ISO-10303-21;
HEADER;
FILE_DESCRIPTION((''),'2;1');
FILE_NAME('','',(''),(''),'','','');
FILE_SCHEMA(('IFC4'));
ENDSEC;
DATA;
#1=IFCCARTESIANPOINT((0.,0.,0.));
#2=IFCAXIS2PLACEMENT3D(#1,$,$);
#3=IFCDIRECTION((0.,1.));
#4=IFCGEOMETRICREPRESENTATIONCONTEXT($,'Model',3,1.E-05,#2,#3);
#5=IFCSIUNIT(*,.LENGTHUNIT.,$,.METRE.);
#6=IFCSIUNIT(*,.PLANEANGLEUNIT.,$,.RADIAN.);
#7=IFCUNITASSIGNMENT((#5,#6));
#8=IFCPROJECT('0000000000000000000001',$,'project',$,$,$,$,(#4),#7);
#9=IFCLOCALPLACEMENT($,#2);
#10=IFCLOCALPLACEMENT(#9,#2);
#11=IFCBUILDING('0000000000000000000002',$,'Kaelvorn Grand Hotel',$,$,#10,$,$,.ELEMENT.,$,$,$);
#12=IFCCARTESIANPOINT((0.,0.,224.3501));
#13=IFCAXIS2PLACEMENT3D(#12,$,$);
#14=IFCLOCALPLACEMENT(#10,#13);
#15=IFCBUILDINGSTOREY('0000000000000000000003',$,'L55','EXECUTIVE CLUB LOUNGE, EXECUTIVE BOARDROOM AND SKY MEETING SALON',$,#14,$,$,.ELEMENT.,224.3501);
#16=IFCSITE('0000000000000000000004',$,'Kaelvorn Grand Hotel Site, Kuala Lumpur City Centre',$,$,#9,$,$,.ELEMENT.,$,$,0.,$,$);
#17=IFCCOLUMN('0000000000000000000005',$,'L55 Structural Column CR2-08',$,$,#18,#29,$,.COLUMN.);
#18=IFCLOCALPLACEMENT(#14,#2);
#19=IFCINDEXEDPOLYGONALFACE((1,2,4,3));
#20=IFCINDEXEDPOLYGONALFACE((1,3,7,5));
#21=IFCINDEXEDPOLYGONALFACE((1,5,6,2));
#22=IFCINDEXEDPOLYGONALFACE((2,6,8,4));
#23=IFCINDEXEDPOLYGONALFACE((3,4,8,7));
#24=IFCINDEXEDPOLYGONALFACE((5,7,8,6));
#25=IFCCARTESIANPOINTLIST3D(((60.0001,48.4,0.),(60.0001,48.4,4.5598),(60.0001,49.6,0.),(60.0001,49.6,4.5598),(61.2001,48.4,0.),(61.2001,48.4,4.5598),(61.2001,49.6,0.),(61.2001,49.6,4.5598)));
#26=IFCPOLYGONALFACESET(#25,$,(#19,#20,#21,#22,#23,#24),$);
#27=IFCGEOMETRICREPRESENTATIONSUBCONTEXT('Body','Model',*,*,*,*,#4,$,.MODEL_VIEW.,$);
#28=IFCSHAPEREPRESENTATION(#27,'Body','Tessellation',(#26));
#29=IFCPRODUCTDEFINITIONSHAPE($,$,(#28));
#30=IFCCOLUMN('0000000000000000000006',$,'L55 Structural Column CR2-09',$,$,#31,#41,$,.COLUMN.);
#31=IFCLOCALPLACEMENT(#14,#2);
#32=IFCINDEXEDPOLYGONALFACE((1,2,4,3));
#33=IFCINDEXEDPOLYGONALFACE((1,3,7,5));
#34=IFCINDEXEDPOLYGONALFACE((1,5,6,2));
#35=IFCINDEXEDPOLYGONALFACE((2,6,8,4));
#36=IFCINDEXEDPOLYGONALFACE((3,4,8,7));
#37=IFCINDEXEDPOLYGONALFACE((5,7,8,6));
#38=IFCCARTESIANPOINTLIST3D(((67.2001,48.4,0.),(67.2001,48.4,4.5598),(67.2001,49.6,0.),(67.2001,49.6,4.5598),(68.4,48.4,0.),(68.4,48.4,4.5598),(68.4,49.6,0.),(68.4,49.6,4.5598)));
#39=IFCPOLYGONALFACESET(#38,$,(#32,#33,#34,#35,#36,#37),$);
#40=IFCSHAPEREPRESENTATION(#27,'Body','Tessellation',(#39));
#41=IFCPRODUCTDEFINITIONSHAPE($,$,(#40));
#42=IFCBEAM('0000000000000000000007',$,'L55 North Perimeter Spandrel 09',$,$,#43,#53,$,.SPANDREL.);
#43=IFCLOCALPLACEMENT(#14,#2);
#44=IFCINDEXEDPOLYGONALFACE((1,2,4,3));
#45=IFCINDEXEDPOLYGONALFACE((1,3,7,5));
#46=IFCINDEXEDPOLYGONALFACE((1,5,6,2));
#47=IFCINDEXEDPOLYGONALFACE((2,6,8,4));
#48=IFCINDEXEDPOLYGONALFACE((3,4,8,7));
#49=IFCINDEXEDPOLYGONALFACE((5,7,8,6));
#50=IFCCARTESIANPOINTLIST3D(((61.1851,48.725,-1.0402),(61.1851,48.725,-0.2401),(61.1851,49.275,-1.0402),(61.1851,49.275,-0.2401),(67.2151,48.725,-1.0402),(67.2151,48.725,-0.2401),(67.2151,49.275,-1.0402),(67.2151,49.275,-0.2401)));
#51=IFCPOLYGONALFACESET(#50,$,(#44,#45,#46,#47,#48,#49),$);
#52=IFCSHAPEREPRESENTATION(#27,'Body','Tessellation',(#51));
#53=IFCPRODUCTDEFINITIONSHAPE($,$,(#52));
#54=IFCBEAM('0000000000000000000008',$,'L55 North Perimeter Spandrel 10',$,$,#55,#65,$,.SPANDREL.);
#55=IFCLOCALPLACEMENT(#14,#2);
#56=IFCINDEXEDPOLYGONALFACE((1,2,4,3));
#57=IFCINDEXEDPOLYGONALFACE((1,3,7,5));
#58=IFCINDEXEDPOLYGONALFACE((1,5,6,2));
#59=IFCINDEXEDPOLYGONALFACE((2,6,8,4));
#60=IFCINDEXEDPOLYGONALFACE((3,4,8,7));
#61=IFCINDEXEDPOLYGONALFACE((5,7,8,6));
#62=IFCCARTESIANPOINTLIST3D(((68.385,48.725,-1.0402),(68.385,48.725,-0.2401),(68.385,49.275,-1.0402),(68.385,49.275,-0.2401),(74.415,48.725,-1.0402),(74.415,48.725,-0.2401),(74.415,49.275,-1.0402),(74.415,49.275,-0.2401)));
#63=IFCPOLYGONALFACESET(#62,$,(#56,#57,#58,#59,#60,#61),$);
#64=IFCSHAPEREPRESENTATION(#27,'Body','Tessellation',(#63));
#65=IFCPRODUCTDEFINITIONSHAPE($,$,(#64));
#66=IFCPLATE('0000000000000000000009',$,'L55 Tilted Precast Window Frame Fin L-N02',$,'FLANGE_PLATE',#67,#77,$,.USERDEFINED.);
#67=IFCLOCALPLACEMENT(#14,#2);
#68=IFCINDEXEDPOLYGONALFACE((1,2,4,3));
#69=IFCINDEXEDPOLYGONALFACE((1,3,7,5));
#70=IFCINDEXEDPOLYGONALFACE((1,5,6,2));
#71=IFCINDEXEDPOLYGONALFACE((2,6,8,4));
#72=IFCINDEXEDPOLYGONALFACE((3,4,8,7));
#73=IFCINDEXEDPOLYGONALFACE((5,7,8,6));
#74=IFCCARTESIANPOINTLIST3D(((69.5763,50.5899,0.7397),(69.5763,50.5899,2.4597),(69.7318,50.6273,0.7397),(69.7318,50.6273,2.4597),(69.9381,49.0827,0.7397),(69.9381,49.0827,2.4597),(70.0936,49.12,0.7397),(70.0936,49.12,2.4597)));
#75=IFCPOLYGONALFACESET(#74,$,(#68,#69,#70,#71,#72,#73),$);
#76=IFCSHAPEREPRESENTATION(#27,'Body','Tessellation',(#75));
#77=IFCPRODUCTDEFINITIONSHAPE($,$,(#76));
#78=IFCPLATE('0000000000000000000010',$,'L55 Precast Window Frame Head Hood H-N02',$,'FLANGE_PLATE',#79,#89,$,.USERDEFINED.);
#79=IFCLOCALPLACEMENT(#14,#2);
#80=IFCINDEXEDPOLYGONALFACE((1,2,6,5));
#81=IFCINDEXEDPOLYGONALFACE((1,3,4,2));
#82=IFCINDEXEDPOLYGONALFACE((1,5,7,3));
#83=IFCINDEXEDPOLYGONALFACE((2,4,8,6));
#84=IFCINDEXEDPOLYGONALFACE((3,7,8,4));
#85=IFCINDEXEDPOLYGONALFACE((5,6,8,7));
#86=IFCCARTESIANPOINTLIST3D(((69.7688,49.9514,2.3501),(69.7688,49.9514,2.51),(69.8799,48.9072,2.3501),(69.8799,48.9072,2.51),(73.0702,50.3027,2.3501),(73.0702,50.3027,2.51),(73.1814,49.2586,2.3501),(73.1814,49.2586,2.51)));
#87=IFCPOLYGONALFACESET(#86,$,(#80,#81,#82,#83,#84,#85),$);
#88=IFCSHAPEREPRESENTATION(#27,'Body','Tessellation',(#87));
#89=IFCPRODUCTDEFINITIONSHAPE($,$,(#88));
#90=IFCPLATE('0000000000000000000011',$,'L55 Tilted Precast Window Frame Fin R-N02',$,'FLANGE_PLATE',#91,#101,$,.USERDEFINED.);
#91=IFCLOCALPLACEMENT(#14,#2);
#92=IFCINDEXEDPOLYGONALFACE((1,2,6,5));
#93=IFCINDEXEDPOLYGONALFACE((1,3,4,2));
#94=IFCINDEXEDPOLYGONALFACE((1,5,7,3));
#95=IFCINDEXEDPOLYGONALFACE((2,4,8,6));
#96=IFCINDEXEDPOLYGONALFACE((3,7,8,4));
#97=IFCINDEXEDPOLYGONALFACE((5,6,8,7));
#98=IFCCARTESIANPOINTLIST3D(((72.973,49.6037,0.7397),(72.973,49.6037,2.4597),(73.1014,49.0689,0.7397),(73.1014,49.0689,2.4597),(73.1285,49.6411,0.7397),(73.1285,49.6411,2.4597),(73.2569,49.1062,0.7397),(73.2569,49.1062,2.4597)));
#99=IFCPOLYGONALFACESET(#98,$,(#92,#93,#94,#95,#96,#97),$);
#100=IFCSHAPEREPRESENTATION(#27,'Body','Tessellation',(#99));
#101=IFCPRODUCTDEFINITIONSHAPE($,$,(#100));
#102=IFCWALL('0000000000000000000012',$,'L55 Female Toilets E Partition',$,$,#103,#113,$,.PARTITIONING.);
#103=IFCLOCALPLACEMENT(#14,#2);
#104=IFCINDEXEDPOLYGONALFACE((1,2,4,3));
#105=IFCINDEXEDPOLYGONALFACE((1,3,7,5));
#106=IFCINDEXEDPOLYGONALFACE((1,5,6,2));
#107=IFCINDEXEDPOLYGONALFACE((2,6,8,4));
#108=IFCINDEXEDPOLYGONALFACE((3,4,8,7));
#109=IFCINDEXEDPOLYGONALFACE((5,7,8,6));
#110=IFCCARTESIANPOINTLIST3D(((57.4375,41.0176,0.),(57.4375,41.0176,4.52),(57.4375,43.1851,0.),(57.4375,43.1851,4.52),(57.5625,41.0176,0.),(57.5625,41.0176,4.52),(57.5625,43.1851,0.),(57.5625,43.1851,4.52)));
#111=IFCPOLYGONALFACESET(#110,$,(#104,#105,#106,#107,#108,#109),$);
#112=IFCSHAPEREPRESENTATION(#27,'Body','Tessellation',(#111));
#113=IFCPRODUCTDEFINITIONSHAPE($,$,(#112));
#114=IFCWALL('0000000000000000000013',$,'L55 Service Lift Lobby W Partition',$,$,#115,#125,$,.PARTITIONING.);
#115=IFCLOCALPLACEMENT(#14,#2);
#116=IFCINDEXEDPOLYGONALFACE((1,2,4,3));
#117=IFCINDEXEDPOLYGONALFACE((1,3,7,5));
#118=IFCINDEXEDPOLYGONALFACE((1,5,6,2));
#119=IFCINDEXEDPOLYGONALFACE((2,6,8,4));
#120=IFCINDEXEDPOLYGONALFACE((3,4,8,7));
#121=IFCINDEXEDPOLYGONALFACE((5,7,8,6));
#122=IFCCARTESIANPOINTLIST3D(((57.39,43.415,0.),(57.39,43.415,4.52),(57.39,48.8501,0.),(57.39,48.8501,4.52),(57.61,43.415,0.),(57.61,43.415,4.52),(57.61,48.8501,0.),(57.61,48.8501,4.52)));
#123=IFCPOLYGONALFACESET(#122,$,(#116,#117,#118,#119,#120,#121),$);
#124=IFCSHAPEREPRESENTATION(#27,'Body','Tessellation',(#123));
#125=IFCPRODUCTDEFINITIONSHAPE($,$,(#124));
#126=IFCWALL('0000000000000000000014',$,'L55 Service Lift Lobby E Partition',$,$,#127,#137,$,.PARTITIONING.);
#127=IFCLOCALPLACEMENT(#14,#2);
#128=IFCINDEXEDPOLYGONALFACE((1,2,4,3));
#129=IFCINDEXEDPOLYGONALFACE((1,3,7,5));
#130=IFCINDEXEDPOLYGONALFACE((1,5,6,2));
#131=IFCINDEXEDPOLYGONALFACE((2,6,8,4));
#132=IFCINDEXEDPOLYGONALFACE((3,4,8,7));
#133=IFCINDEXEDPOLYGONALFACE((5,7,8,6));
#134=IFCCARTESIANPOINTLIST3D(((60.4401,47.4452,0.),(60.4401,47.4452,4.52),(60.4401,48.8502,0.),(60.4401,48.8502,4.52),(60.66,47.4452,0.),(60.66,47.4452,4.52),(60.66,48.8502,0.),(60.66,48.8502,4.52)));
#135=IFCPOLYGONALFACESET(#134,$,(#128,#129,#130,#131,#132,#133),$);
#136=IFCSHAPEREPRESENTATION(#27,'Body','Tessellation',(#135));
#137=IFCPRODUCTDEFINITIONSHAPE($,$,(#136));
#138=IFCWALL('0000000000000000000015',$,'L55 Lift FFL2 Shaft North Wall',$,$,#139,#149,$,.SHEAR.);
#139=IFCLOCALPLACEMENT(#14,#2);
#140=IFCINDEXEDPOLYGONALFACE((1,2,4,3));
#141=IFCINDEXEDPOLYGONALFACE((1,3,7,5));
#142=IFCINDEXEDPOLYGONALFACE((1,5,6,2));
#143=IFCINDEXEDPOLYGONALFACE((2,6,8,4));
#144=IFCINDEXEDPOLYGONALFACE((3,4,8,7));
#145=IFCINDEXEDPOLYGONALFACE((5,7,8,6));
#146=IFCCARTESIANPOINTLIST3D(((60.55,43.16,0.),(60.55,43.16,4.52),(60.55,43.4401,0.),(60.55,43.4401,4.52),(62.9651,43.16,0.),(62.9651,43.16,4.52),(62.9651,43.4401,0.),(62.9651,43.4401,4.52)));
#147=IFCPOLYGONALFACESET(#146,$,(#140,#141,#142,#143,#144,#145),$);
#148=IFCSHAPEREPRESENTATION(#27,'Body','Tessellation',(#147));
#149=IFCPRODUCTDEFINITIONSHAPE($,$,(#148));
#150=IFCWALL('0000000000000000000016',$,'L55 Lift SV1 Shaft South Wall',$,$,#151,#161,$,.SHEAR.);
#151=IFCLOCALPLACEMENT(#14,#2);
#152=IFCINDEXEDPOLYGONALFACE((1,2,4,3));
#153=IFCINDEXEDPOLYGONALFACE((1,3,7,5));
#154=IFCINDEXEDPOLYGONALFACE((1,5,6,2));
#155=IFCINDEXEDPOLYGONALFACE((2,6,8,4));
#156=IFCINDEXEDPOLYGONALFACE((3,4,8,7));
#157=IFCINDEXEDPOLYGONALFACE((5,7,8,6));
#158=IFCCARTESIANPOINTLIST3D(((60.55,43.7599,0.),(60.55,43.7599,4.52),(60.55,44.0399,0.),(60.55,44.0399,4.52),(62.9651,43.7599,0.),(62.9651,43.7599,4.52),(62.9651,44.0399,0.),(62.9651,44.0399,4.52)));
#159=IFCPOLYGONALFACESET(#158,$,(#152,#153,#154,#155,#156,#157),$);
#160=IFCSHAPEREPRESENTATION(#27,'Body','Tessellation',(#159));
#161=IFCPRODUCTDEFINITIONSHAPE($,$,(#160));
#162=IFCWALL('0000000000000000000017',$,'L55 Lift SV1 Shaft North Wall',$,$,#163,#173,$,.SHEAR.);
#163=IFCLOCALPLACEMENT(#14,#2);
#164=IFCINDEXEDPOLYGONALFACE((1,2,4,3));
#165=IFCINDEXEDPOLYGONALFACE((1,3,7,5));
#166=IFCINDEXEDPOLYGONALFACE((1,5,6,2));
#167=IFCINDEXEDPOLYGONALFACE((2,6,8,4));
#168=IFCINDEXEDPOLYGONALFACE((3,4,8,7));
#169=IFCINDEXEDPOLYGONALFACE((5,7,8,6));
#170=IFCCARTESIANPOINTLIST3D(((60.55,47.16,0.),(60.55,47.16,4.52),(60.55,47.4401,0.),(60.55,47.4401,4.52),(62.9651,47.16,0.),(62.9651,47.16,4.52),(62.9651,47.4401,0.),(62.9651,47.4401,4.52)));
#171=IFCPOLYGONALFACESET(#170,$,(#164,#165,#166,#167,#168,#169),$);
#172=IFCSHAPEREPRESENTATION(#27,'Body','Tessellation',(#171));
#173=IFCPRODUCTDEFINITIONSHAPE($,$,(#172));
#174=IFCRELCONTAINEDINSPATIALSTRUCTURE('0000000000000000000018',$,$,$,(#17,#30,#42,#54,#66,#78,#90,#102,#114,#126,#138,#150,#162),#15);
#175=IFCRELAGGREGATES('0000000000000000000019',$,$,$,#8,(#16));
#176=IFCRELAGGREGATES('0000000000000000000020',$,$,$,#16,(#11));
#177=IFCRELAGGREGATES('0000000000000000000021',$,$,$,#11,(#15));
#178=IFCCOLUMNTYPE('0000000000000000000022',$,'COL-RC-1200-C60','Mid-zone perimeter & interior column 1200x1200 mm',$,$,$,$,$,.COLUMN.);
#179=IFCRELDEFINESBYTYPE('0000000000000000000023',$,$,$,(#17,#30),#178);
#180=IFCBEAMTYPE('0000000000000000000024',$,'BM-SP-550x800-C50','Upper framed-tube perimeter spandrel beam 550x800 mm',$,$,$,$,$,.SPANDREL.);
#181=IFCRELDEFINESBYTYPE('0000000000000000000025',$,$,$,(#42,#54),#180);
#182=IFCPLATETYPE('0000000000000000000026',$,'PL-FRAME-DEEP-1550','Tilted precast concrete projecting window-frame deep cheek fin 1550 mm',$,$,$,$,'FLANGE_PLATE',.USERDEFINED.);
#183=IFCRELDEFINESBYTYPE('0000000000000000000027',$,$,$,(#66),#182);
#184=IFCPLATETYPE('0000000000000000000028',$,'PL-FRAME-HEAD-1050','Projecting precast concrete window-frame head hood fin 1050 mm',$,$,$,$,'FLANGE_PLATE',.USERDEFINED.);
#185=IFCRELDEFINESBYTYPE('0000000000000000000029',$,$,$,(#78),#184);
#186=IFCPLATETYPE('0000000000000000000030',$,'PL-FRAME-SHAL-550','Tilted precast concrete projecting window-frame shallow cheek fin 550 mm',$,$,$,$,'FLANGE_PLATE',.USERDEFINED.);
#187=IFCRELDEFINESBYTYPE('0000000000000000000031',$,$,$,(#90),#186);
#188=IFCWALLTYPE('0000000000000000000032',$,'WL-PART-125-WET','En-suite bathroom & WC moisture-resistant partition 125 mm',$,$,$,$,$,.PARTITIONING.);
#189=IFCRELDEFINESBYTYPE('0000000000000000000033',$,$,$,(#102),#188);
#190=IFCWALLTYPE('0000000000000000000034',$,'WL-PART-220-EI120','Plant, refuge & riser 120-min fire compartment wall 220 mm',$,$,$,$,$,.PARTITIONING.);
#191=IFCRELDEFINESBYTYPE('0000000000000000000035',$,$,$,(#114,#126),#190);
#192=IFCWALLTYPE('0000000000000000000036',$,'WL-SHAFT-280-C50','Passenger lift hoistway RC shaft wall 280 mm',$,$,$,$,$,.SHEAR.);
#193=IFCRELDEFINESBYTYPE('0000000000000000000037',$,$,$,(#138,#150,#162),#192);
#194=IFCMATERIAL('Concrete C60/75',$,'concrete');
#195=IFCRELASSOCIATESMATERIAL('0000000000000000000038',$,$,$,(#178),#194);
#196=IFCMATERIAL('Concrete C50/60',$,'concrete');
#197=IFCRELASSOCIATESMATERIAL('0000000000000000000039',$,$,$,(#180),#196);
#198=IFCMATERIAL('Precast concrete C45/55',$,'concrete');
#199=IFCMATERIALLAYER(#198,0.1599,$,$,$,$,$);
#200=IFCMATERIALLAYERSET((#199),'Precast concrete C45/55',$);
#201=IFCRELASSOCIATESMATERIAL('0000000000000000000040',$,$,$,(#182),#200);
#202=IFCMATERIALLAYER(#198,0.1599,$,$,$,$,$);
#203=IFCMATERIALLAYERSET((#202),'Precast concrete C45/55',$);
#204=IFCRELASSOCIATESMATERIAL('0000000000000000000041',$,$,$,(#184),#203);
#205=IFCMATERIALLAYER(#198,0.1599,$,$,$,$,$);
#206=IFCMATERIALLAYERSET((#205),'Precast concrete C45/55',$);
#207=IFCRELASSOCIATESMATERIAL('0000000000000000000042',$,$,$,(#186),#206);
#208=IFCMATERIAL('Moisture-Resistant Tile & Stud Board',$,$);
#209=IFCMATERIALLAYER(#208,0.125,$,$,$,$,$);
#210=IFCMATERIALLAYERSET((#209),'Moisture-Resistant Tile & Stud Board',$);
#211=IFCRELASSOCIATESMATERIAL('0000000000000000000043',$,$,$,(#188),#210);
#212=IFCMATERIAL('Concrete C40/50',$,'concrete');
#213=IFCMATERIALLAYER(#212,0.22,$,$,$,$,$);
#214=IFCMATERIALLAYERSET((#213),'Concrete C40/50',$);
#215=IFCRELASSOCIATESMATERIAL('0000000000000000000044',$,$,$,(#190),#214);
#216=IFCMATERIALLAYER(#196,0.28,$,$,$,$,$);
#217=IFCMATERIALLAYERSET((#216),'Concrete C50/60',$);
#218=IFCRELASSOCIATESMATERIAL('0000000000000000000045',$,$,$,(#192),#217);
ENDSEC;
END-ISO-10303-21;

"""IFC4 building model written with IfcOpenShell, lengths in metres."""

from ifc_helpers import new_model, si_unit, direction, frame, frame_2d, origin, origin_2d, place, context, subcontext, project, spatial, rectangle, extrude, material, layer, layer_set, material_profile, profile_set, type_object, element, save


model = new_model("IFC4")

# Units and contexts
model_context = context("Model", 3, precision=1e-05, world=origin(), true_north=direction((0.0, 1.0)))
body_context = subcontext(model_context, "Body", "Model", "MODEL_VIEW")
ifc_project = project(units=[si_unit("LENGTHUNIT", "METRE"), si_unit("PLANEANGLEUNIT", "RADIAN")], contexts=[model_context])

# Site, building, storey
site_placement = place(None, origin())
site = spatial("IfcSite", under=ifc_project, at=site_placement, Name="Kaelvorn Grand Hotel Site, Kuala Lumpur City Centre", CompositionType="ELEMENT", RefElevation=0.0)
building_placement = place(site_placement, origin())
building = spatial("IfcBuilding", under=site, at=building_placement, Name="Kaelvorn Grand Hotel", CompositionType="ELEMENT")
storey_placement = place(building_placement, frame((0.0, 0.0, 224.3501)))
storey = spatial("IfcBuildingStorey", under=building, at=storey_placement, Name="L55", Description="EXECUTIVE CLUB LOUNGE, EXECUTIVE BOARDROOM AND SKY MEETING SALON", CompositionType="ELEMENT", Elevation=224.3501)

# Columns
ifc_material_1 = material(Name="Concrete C60/75", Category="concrete")
ifc_material_profile_1 = material_profile(ifc_material_1, rectangle(XDim=1.2, YDim=1.2, at=origin_2d()), Name="RC COL 1200x1200")
ifc_profile_set_1 = profile_set([ifc_material_profile_1], Name="Concrete C60/75")
column_type = type_object("IfcColumnType", Name="COL-RC-1200-C60", Description="Mid-zone perimeter & interior column 1200x1200 mm", PredefinedType="COLUMN", material=ifc_profile_set_1)
for number, where, z_axis, x_axis, name in (
    (1, (60.6001, 49.0, 0.0), (0.0, 0.0, 1.0), (1.0, 0.0, 0.0), "L55 Structural Column CR2-08"),
    (2, (67.8, 49.0, 0.0), (0.0, 0.0, 1.0), (1.0, 0.0, 0.0), "L55 Structural Column CR2-09"),
):
    element("IfcColumn", number, at=place(storey_placement, frame(where, z_axis=z_axis, x_axis=x_axis)), inside=storey, type_object=column_type, Name=name, PredefinedType="COLUMN", context=body_context, shape_type="SweptSolid", body=[
        extrude(rectangle(XDim=1.2, YDim=1.2, at=origin_2d()), origin(), (0.0, 0.0, 1.0), 4.5598),
    ])

# Beams
ifc_material_2 = material(Name="Concrete C50/60", Category="concrete")
ifc_material_profile_2 = material_profile(ifc_material_2, rectangle(XDim=0.55, YDim=0.8, at=origin_2d()), Name="RC SPANDREL 550x800")
ifc_profile_set_2 = profile_set([ifc_material_profile_2], Name="Concrete C50/60")
beam_type = type_object("IfcBeamType", Name="BM-SP-550x800-C50", Description="Upper framed-tube perimeter spandrel beam 550x800 mm", PredefinedType="SPANDREL", material=ifc_profile_set_2)
for number, where, z_axis, x_axis, name in (
    (3, (61.1851, 49.0, -0.6401), (1.0, 0.0, 0.0), (0.0, 1.0, 0.0), "L55 North Perimeter Spandrel 09"),
    (4, (68.385, 49.0, -0.6401), (1.0, 0.0, 0.0), (0.0, 1.0, 0.0), "L55 North Perimeter Spandrel 10"),
):
    element("IfcBeam", number, at=place(storey_placement, frame(where, z_axis=z_axis, x_axis=x_axis)), inside=storey, type_object=beam_type, Name=name, PredefinedType="SPANDREL", context=body_context, shape_type="SweptSolid", body=[
        extrude(rectangle(XDim=0.55, YDim=0.8, at=origin_2d()), origin(), (0.0, 0.0, 1.0), 6.03),
    ])

# Plates
ifc_material_3 = material(Name="Precast concrete C45/55", Category="concrete")
ifc_layer_1 = layer(ifc_material_3, 0.1599)
ifc_layer_set_1 = layer_set([ifc_layer_1], Name="Precast concrete C45/55")
plate_type_1 = type_object("IfcPlateType", Name="PL-FRAME-DEEP-1550", Description="Tilted precast concrete projecting window-frame deep cheek fin 1550 mm", ElementType="FLANGE_PLATE", PredefinedType="USERDEFINED", material=ifc_layer_set_1)
plate_1_placement = place(storey_placement, frame((69.835, 49.855, 0.7397), z_axis=(0.0, 0.0, 1.0), x_axis=(0.97237, 0.233445, 0.0)))
element("IfcPlate", 5, at=plate_1_placement, inside=storey, type_object=plate_type_1, Name="L55 Tilted Precast Window Frame Fin L-N02", ObjectType="FLANGE_PLATE", PredefinedType="USERDEFINED", context=body_context, shape_type="SweptSolid", body=[
    extrude(rectangle(XDim=0.1599, YDim=1.55, at=origin_2d()), origin(), (0.0, 0.0, 1.0), 1.72),
])
ifc_layer_2 = layer(ifc_material_3, 0.1599)
ifc_layer_set_2 = layer_set([ifc_layer_2], Name="Precast concrete C45/55")
plate_type_2 = type_object("IfcPlateType", Name="PL-FRAME-HEAD-1050", Description="Projecting precast concrete window-frame head hood fin 1050 mm", ElementType="FLANGE_PLATE", PredefinedType="USERDEFINED", material=ifc_layer_set_2)
plate_2_placement = place(storey_placement, frame((71.4751, 49.605, 2.3501), z_axis=(0.0, 0.0, 1.0), x_axis=(0.994384, 0.10583, 0.0)))
element("IfcPlate", 6, at=plate_2_placement, inside=storey, type_object=plate_type_2, Name="L55 Precast Window Frame Head Hood H-N02", ObjectType="FLANGE_PLATE", PredefinedType="USERDEFINED", context=body_context, shape_type="SweptSolid", body=[
    extrude(rectangle(XDim=3.3201, YDim=1.05, at=origin_2d()), origin(), (0.0, 0.0, 1.0), 0.1599),
])
ifc_layer_3 = layer(ifc_material_3, 0.1599)
ifc_layer_set_3 = layer_set([ifc_layer_3], Name="Precast concrete C45/55")
plate_type_3 = type_object("IfcPlateType", Name="PL-FRAME-SHAL-550", Description="Tilted precast concrete projecting window-frame shallow cheek fin 550 mm", ElementType="FLANGE_PLATE", PredefinedType="USERDEFINED", material=ifc_layer_set_3)
plate_3_placement = place(storey_placement, frame((73.115, 49.355, 0.7397), z_axis=(0.0, 0.0, 1.0), x_axis=(0.97237, 0.233445, 0.0)))
element("IfcPlate", 7, at=plate_3_placement, inside=storey, type_object=plate_type_3, Name="L55 Tilted Precast Window Frame Fin R-N02", ObjectType="FLANGE_PLATE", PredefinedType="USERDEFINED", context=body_context, shape_type="SweptSolid", body=[
    extrude(rectangle(XDim=0.1599, YDim=0.55, at=origin_2d()), origin(), (0.0, 0.0, 1.0), 1.72),
])

# Wall
ifc_material_4 = material(Name="Moisture-Resistant Tile & Stud Board")
ifc_layer_4 = layer(ifc_material_4, 0.125)
ifc_layer_set_4 = layer_set([ifc_layer_4], Name="Moisture-Resistant Tile & Stud Board")
wall_type_1 = type_object("IfcWallType", Name="WL-PART-125-WET", Description="En-suite bathroom & WC moisture-resistant partition 125 mm", PredefinedType="PARTITIONING", material=ifc_layer_set_4)
wall_1_placement = place(storey_placement, frame((57.5, 41.0176, 0.0), z_axis=(0.0, 0.0, 1.0), x_axis=(0.0, 1.0, 0.0)))
element("IfcWall", 8, at=wall_1_placement, inside=storey, type_object=wall_type_1, Name="L55 Female Toilets E Partition", PredefinedType="PARTITIONING", context=body_context, shape_type="SweptSolid", body=[
    extrude(rectangle(XDim=2.1675, YDim=0.125, at=frame_2d((1.0837, 0.0))), origin(), (0.0, 0.0, 1.0), 4.52),
])

# Shared definitions
ifc_material_5 = material(Name="Concrete C40/50", Category="concrete")
ifc_layer_5 = layer(ifc_material_5, 0.22)
ifc_layer_set_5 = layer_set([ifc_layer_5], Name="Concrete C40/50")
wall_type_2 = type_object("IfcWallType", Name="WL-PART-220-EI120", Description="Plant, refuge & riser 120-min fire compartment wall 220 mm", PredefinedType="PARTITIONING", material=ifc_layer_set_5)

# Walls
wall_2_placement = place(storey_placement, frame((57.5, 43.415, 0.0), z_axis=(0.0, 0.0, 1.0), x_axis=(0.0, 1.0, 0.0)))
element("IfcWall", 9, at=wall_2_placement, inside=storey, type_object=wall_type_2, Name="L55 Service Lift Lobby W Partition", PredefinedType="PARTITIONING", context=body_context, shape_type="SweptSolid", body=[
    extrude(rectangle(XDim=5.4351, YDim=0.22, at=frame_2d((2.7175, 0.0))), origin(), (0.0, 0.0, 1.0), 4.52),
])
wall_3_placement = place(storey_placement, frame((60.55, 47.4451, 0.0), z_axis=(0.0, 0.0, 1.0), x_axis=(0.0, 1.0, 0.0)))
element("IfcWall", 10, at=wall_3_placement, inside=storey, type_object=wall_type_2, Name="L55 Service Lift Lobby E Partition", PredefinedType="PARTITIONING", context=body_context, shape_type="SweptSolid", body=[
    extrude(rectangle(XDim=1.405, YDim=0.22, at=frame_2d((0.7026, 0.0))), origin(), (0.0, 0.0, 1.0), 4.52),
])
ifc_layer_6 = layer(ifc_material_2, 0.28)
ifc_layer_set_6 = layer_set([ifc_layer_6], Name="Concrete C50/60")
wall_type_3 = type_object("IfcWallType", Name="WL-SHAFT-280-C50", Description="Passenger lift hoistway RC shaft wall 280 mm", PredefinedType="SHEAR", material=ifc_layer_set_6)
for number, where, z_axis, x_axis, name in (
    (11, (60.55, 43.3, 0.0), (0.0, 0.0, 1.0), (1.0, 0.0, 0.0), "L55 Lift FFL2 Shaft North Wall"),
    (12, (60.55, 43.8999, 0.0), (0.0, 0.0, 1.0), (1.0, 0.0, 0.0), "L55 Lift SV1 Shaft South Wall"),
    (13, (60.55, 47.3, 0.0), (0.0, 0.0, 1.0), (1.0, 0.0, 0.0), "L55 Lift SV1 Shaft North Wall"),
):
    element("IfcWall", number, at=place(storey_placement, frame(where, z_axis=z_axis, x_axis=x_axis)), inside=storey, type_object=wall_type_3, Name=name, PredefinedType="SHEAR", context=body_context, shape_type="SweptSolid", body=[
        extrude(rectangle(XDim=2.415, YDim=0.28, at=frame_2d((1.2075, 0.0))), origin(), (0.0, 0.0, 1.0), 4.52),
    ])

save(model, "model.ifc")
